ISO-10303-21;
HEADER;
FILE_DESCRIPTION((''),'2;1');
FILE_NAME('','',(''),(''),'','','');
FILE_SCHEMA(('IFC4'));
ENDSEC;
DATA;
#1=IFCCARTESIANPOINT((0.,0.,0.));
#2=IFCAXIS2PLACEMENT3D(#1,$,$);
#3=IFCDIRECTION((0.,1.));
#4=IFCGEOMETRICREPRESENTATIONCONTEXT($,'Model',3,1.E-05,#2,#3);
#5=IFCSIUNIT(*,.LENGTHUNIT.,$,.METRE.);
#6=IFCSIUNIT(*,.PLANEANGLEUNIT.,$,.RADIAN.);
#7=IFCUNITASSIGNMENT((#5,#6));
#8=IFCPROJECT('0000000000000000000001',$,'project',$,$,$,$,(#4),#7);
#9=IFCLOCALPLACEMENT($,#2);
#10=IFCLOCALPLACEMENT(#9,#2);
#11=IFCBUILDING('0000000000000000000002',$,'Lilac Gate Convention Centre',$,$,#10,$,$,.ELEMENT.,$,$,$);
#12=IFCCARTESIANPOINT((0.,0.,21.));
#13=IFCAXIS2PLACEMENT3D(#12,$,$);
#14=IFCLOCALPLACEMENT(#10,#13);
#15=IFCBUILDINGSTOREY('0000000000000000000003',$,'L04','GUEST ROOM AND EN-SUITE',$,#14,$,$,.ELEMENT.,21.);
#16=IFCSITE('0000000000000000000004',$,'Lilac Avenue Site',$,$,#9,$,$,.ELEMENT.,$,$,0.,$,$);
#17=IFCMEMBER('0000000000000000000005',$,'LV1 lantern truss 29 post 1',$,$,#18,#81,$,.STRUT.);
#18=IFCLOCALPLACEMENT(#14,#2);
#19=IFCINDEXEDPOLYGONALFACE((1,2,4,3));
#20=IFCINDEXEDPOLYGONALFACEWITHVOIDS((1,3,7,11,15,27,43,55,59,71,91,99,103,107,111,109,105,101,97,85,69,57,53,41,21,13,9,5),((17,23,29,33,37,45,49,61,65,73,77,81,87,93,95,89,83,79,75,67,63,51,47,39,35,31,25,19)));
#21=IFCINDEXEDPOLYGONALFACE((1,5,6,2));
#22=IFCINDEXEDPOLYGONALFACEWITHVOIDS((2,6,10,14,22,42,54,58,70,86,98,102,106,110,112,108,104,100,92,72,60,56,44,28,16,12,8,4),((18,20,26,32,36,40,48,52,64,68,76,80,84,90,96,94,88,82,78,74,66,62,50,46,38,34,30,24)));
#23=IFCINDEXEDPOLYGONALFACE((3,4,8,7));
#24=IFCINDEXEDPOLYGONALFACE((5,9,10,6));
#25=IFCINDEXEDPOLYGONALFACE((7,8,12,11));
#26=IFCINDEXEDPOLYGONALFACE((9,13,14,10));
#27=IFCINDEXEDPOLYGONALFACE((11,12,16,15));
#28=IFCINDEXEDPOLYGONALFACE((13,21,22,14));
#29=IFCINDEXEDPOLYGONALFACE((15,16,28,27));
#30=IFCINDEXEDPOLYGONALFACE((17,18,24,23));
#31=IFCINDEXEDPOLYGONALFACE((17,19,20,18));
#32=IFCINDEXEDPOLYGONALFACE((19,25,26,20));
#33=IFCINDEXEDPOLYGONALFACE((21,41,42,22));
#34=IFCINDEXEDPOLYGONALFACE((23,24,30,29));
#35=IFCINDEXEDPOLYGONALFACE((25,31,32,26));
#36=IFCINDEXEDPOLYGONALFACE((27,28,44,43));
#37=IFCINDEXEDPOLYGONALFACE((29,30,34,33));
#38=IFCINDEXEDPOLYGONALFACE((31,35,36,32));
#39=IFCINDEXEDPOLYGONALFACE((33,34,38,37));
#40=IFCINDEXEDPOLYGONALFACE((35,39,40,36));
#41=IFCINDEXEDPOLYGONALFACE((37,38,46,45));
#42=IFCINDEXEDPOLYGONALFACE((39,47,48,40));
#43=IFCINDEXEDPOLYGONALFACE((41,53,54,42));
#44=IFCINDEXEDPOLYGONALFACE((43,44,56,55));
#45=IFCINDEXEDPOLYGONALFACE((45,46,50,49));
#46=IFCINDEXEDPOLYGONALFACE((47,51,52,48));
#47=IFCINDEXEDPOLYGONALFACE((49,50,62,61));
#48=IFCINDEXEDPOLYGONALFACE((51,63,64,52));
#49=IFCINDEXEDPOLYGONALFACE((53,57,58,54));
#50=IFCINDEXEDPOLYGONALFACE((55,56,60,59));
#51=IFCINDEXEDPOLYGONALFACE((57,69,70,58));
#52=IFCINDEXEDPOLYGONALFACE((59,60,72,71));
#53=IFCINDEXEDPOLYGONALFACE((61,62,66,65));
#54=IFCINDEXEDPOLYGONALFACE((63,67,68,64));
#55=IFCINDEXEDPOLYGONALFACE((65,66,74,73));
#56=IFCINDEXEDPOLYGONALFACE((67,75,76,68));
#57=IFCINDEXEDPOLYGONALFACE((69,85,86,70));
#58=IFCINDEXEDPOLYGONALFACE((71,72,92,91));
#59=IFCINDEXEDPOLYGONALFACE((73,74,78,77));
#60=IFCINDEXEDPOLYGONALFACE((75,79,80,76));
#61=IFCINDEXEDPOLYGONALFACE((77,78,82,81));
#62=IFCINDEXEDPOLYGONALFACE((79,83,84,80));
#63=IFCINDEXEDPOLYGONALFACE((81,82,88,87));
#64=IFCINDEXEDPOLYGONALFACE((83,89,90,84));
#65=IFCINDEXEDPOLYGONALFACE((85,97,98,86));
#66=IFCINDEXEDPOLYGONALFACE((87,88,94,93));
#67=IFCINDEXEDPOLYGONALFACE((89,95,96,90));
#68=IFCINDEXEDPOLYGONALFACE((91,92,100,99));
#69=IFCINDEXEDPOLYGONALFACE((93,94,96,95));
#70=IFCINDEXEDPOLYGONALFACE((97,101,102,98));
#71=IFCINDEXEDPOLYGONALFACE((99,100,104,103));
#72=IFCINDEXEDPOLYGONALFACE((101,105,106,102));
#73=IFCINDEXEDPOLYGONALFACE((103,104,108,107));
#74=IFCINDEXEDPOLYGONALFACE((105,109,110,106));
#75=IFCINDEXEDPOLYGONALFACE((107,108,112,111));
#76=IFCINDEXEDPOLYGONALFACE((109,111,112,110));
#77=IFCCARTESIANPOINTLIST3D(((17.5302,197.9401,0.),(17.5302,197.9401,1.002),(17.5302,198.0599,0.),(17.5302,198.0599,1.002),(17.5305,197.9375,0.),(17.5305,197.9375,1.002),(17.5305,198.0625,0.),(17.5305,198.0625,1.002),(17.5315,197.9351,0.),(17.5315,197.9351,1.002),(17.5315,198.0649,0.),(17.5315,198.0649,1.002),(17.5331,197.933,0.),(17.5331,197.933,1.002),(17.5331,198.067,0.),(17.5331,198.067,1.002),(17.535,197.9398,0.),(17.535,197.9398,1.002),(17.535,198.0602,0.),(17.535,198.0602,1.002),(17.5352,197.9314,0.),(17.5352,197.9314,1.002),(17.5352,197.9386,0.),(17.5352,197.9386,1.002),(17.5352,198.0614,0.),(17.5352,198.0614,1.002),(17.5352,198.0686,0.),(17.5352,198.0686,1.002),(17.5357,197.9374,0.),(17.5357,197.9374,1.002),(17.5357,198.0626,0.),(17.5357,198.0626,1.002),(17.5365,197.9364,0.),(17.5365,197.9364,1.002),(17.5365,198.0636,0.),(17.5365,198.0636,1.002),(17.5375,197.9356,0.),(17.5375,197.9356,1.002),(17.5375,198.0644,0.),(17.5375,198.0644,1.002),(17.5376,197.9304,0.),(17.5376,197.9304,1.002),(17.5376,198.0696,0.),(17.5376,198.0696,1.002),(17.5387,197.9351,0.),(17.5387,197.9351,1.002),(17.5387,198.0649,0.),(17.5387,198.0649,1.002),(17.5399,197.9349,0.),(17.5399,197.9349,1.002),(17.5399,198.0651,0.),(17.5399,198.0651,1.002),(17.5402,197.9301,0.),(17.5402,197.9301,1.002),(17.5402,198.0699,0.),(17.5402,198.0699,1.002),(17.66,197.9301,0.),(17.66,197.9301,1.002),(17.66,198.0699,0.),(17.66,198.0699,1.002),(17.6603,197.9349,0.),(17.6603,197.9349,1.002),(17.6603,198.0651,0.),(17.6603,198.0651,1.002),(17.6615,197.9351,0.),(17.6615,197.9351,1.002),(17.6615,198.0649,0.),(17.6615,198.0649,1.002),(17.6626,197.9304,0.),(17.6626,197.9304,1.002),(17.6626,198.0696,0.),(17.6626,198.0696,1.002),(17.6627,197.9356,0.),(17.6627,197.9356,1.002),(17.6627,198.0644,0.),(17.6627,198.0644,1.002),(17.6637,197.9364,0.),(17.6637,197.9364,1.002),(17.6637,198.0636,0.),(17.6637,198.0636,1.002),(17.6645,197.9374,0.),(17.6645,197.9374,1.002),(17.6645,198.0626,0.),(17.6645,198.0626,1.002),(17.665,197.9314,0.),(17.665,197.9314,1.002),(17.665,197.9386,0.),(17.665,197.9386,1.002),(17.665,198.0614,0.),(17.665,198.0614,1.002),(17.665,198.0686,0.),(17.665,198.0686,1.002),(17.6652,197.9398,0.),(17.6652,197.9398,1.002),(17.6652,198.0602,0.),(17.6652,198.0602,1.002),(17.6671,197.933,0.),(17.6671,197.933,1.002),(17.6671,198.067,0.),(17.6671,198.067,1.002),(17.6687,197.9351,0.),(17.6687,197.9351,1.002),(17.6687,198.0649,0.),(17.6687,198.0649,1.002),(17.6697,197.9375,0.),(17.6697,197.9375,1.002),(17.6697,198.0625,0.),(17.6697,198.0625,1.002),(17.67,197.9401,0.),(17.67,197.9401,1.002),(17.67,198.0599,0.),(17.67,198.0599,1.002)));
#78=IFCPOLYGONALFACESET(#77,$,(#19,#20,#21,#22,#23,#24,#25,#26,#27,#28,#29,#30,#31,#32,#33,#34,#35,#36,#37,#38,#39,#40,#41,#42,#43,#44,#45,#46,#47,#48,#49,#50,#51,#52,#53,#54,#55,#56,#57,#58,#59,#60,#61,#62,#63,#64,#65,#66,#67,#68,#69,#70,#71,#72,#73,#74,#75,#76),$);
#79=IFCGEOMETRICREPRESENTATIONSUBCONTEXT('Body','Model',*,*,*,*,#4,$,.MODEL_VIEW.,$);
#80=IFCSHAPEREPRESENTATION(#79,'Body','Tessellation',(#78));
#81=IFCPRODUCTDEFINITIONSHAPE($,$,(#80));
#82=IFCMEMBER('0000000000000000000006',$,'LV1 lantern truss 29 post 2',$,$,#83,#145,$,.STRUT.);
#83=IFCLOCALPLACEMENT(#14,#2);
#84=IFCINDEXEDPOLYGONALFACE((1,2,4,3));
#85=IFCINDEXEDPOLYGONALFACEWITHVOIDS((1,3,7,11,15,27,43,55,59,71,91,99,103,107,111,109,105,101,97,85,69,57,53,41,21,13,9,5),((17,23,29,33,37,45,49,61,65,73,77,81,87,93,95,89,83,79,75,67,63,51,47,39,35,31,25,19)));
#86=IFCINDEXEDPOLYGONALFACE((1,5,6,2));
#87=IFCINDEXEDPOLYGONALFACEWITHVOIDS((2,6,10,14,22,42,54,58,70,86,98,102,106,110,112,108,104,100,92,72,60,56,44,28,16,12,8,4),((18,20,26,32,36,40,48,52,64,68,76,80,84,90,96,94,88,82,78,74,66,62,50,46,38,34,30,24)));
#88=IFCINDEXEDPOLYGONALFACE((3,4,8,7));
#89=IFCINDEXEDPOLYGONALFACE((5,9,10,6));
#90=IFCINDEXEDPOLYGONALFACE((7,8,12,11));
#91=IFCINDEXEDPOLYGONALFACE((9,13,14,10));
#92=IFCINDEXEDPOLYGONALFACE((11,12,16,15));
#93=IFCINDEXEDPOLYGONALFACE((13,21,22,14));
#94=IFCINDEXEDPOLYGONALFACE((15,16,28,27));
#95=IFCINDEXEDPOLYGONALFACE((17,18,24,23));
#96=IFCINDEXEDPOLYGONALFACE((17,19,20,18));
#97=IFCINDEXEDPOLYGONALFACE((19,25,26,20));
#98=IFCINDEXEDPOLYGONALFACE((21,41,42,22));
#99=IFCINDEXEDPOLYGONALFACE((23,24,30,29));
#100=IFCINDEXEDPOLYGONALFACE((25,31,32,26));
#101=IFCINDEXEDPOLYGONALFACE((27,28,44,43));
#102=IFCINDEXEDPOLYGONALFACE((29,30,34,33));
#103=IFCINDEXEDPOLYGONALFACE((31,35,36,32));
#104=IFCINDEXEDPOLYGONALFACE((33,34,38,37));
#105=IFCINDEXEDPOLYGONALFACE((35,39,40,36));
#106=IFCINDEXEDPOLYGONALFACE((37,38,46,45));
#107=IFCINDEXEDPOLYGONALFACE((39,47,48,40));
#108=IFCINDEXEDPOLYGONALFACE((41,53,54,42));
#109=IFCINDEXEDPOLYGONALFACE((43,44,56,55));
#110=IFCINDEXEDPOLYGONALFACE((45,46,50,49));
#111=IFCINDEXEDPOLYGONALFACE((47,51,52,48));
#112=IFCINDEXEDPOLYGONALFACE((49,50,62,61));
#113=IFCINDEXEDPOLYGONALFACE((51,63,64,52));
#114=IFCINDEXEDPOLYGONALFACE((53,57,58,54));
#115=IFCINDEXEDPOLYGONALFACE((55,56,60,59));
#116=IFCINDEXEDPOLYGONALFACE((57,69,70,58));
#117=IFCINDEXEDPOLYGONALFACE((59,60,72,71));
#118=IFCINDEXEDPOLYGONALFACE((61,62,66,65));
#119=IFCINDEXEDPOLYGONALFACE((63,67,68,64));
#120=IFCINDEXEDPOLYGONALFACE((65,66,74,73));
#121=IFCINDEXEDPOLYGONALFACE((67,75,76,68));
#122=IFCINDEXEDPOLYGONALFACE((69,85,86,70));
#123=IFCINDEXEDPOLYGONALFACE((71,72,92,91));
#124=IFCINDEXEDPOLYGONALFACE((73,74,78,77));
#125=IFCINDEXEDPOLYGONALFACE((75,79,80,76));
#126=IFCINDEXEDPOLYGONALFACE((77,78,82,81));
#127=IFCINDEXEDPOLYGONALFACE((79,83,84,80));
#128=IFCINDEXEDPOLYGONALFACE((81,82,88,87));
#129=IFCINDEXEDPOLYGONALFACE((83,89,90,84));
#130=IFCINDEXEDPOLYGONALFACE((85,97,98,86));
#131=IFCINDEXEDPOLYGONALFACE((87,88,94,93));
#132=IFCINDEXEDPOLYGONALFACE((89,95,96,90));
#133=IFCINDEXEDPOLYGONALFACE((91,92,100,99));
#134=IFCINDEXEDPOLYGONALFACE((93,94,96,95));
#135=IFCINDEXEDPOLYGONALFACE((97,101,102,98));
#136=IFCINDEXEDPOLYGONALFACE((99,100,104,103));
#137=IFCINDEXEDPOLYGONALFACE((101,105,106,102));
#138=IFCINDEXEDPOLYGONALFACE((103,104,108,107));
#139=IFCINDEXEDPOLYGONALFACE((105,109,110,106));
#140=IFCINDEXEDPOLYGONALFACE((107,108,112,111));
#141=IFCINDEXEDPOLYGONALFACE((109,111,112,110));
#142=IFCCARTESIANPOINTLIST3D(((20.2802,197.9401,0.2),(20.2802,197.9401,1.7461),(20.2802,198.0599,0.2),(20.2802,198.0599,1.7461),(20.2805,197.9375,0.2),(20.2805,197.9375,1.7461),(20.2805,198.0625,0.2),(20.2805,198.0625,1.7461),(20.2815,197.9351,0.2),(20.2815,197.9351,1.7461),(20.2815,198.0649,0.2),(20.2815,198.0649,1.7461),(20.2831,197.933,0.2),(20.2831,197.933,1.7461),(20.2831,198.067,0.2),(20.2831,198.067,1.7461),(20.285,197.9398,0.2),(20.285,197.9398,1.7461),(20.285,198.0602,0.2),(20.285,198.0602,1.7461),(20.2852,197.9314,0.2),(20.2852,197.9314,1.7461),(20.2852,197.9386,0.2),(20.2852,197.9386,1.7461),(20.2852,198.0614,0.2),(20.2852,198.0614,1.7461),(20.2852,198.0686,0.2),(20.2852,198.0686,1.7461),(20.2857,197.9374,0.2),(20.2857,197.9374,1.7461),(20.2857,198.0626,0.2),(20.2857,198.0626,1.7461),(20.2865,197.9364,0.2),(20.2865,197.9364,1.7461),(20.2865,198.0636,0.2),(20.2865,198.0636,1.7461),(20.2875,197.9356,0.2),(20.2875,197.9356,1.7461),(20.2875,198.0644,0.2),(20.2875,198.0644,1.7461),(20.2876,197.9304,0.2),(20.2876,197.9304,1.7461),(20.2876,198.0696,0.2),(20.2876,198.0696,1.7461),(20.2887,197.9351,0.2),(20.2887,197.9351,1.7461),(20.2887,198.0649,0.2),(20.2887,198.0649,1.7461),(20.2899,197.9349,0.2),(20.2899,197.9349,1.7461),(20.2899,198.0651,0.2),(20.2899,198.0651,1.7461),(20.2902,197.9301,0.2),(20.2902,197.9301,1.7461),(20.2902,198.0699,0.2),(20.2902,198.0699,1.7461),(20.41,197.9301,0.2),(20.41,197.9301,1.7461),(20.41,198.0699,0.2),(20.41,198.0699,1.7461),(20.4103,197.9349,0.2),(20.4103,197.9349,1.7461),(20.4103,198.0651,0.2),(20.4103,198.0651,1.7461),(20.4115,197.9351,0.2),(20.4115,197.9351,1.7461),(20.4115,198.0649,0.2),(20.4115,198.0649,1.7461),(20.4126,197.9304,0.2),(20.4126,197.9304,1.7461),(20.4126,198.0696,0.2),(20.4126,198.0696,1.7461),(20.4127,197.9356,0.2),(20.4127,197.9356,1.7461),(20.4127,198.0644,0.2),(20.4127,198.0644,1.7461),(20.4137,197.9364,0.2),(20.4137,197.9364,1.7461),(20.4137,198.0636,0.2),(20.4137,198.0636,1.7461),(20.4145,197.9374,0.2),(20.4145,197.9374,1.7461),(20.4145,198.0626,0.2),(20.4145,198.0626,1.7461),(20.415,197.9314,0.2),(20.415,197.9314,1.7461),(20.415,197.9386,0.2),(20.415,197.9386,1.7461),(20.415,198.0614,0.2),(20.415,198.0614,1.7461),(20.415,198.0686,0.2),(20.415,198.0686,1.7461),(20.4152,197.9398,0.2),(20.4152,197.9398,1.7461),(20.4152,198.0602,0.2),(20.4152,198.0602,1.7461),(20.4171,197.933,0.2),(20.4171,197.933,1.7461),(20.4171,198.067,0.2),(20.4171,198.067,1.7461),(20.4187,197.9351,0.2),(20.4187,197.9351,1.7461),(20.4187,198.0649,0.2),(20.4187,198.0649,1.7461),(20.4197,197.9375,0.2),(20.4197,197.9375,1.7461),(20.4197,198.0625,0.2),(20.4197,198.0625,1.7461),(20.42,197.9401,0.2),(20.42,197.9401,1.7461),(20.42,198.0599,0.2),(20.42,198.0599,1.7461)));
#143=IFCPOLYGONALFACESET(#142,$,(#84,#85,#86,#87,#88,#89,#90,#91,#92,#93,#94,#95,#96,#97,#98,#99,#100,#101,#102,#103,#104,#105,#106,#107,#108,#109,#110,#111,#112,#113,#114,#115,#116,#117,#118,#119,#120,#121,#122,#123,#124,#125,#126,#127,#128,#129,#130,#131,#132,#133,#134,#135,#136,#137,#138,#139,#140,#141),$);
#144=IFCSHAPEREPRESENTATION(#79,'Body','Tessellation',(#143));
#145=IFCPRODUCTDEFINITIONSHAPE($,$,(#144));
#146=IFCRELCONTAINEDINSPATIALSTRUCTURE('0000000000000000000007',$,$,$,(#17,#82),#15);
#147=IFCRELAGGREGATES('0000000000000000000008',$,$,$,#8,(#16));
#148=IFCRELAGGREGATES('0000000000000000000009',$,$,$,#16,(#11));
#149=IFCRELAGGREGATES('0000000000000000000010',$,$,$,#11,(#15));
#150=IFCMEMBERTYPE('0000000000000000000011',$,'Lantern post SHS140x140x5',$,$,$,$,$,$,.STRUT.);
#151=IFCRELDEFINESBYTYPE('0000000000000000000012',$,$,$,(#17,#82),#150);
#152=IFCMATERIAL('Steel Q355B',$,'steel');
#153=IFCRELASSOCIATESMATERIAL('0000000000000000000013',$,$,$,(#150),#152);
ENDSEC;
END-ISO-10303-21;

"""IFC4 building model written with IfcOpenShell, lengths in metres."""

from ifc_helpers import new_model, si_unit, direction, frame, origin, origin_2d, place, context, subcontext, project, spatial, hollow_rectangle, extrude, material, material_profile, profile_set, type_object, element, save


model = new_model("IFC4")

# Units and contexts
model_context = context("Model", 3, precision=1e-05, world=origin(), true_north=direction((0.0, 1.0)))
body_context = subcontext(model_context, "Body", "Model", "MODEL_VIEW")
ifc_project = project(units=[si_unit("LENGTHUNIT", "METRE"), si_unit("PLANEANGLEUNIT", "RADIAN")], contexts=[model_context])

# Site, building, storey
site_placement = place(None, origin())
site = spatial("IfcSite", under=ifc_project, at=site_placement, Name="Lilac Avenue Site", CompositionType="ELEMENT", RefElevation=0.0)
building_placement = place(site_placement, origin())
building = spatial("IfcBuilding", under=site, at=building_placement, Name="Lilac Gate Convention Centre", CompositionType="ELEMENT")
storey_placement = place(building_placement, frame((0.0, 0.0, 21.0)))
storey = spatial("IfcBuildingStorey", under=building, at=storey_placement, Name="L04", Description="GUEST ROOM AND EN-SUITE", CompositionType="ELEMENT", Elevation=21.0)

# Members
ifc_material_1 = material(Name="Steel Q355B", Category="steel")
ifc_material_profile_1 = material_profile(ifc_material_1, hollow_rectangle(XDim=0.1399, YDim=0.1399, WallThickness=0.0049, InnerFilletRadius=0.0049, OuterFilletRadius=0.01, at=origin_2d()), Name="SHS140x140x5")
ifc_profile_set_1 = profile_set([ifc_material_profile_1], Name="Steel Q355B")
member_type_1 = type_object("IfcMemberType", Name="Lantern post SHS140x140x5", PredefinedType="STRUT", material=ifc_profile_set_1)
member_1_placement = place(storey_placement, frame((17.6001, 198.0, 0.0), z_axis=(0.0, 0.0, 1.0), x_axis=(1.0, 0.0, 0.0)))
element("IfcMember", 1, at=member_1_placement, inside=storey, type_object=member_type_1, Name="LV1 lantern truss 29 post 1", PredefinedType="STRUT", context=body_context, shape_type="SweptSolid", body=[
    extrude(hollow_rectangle(XDim=0.1399, YDim=0.1399, WallThickness=0.0049, InnerFilletRadius=0.0049, OuterFilletRadius=0.01, at=origin_2d()), origin(), (0.0, 0.0, 1.0), 1.002),
])
member_2_placement = place(storey_placement, frame((20.3501, 198.0, 0.2), z_axis=(0.0, 0.0, 1.0), x_axis=(1.0, 0.0, 0.0)))
element("IfcMember", 2, at=member_2_placement, inside=storey, type_object=member_type_1, Name="LV1 lantern truss 29 post 2", PredefinedType="STRUT", context=body_context, shape_type="SweptSolid", body=[
    extrude(hollow_rectangle(XDim=0.1399, YDim=0.1399, WallThickness=0.0049, InnerFilletRadius=0.0049, OuterFilletRadius=0.01, at=origin_2d()), origin(), (0.0, 0.0, 1.0), 1.5461),
])

save(model, "model.ifc")
